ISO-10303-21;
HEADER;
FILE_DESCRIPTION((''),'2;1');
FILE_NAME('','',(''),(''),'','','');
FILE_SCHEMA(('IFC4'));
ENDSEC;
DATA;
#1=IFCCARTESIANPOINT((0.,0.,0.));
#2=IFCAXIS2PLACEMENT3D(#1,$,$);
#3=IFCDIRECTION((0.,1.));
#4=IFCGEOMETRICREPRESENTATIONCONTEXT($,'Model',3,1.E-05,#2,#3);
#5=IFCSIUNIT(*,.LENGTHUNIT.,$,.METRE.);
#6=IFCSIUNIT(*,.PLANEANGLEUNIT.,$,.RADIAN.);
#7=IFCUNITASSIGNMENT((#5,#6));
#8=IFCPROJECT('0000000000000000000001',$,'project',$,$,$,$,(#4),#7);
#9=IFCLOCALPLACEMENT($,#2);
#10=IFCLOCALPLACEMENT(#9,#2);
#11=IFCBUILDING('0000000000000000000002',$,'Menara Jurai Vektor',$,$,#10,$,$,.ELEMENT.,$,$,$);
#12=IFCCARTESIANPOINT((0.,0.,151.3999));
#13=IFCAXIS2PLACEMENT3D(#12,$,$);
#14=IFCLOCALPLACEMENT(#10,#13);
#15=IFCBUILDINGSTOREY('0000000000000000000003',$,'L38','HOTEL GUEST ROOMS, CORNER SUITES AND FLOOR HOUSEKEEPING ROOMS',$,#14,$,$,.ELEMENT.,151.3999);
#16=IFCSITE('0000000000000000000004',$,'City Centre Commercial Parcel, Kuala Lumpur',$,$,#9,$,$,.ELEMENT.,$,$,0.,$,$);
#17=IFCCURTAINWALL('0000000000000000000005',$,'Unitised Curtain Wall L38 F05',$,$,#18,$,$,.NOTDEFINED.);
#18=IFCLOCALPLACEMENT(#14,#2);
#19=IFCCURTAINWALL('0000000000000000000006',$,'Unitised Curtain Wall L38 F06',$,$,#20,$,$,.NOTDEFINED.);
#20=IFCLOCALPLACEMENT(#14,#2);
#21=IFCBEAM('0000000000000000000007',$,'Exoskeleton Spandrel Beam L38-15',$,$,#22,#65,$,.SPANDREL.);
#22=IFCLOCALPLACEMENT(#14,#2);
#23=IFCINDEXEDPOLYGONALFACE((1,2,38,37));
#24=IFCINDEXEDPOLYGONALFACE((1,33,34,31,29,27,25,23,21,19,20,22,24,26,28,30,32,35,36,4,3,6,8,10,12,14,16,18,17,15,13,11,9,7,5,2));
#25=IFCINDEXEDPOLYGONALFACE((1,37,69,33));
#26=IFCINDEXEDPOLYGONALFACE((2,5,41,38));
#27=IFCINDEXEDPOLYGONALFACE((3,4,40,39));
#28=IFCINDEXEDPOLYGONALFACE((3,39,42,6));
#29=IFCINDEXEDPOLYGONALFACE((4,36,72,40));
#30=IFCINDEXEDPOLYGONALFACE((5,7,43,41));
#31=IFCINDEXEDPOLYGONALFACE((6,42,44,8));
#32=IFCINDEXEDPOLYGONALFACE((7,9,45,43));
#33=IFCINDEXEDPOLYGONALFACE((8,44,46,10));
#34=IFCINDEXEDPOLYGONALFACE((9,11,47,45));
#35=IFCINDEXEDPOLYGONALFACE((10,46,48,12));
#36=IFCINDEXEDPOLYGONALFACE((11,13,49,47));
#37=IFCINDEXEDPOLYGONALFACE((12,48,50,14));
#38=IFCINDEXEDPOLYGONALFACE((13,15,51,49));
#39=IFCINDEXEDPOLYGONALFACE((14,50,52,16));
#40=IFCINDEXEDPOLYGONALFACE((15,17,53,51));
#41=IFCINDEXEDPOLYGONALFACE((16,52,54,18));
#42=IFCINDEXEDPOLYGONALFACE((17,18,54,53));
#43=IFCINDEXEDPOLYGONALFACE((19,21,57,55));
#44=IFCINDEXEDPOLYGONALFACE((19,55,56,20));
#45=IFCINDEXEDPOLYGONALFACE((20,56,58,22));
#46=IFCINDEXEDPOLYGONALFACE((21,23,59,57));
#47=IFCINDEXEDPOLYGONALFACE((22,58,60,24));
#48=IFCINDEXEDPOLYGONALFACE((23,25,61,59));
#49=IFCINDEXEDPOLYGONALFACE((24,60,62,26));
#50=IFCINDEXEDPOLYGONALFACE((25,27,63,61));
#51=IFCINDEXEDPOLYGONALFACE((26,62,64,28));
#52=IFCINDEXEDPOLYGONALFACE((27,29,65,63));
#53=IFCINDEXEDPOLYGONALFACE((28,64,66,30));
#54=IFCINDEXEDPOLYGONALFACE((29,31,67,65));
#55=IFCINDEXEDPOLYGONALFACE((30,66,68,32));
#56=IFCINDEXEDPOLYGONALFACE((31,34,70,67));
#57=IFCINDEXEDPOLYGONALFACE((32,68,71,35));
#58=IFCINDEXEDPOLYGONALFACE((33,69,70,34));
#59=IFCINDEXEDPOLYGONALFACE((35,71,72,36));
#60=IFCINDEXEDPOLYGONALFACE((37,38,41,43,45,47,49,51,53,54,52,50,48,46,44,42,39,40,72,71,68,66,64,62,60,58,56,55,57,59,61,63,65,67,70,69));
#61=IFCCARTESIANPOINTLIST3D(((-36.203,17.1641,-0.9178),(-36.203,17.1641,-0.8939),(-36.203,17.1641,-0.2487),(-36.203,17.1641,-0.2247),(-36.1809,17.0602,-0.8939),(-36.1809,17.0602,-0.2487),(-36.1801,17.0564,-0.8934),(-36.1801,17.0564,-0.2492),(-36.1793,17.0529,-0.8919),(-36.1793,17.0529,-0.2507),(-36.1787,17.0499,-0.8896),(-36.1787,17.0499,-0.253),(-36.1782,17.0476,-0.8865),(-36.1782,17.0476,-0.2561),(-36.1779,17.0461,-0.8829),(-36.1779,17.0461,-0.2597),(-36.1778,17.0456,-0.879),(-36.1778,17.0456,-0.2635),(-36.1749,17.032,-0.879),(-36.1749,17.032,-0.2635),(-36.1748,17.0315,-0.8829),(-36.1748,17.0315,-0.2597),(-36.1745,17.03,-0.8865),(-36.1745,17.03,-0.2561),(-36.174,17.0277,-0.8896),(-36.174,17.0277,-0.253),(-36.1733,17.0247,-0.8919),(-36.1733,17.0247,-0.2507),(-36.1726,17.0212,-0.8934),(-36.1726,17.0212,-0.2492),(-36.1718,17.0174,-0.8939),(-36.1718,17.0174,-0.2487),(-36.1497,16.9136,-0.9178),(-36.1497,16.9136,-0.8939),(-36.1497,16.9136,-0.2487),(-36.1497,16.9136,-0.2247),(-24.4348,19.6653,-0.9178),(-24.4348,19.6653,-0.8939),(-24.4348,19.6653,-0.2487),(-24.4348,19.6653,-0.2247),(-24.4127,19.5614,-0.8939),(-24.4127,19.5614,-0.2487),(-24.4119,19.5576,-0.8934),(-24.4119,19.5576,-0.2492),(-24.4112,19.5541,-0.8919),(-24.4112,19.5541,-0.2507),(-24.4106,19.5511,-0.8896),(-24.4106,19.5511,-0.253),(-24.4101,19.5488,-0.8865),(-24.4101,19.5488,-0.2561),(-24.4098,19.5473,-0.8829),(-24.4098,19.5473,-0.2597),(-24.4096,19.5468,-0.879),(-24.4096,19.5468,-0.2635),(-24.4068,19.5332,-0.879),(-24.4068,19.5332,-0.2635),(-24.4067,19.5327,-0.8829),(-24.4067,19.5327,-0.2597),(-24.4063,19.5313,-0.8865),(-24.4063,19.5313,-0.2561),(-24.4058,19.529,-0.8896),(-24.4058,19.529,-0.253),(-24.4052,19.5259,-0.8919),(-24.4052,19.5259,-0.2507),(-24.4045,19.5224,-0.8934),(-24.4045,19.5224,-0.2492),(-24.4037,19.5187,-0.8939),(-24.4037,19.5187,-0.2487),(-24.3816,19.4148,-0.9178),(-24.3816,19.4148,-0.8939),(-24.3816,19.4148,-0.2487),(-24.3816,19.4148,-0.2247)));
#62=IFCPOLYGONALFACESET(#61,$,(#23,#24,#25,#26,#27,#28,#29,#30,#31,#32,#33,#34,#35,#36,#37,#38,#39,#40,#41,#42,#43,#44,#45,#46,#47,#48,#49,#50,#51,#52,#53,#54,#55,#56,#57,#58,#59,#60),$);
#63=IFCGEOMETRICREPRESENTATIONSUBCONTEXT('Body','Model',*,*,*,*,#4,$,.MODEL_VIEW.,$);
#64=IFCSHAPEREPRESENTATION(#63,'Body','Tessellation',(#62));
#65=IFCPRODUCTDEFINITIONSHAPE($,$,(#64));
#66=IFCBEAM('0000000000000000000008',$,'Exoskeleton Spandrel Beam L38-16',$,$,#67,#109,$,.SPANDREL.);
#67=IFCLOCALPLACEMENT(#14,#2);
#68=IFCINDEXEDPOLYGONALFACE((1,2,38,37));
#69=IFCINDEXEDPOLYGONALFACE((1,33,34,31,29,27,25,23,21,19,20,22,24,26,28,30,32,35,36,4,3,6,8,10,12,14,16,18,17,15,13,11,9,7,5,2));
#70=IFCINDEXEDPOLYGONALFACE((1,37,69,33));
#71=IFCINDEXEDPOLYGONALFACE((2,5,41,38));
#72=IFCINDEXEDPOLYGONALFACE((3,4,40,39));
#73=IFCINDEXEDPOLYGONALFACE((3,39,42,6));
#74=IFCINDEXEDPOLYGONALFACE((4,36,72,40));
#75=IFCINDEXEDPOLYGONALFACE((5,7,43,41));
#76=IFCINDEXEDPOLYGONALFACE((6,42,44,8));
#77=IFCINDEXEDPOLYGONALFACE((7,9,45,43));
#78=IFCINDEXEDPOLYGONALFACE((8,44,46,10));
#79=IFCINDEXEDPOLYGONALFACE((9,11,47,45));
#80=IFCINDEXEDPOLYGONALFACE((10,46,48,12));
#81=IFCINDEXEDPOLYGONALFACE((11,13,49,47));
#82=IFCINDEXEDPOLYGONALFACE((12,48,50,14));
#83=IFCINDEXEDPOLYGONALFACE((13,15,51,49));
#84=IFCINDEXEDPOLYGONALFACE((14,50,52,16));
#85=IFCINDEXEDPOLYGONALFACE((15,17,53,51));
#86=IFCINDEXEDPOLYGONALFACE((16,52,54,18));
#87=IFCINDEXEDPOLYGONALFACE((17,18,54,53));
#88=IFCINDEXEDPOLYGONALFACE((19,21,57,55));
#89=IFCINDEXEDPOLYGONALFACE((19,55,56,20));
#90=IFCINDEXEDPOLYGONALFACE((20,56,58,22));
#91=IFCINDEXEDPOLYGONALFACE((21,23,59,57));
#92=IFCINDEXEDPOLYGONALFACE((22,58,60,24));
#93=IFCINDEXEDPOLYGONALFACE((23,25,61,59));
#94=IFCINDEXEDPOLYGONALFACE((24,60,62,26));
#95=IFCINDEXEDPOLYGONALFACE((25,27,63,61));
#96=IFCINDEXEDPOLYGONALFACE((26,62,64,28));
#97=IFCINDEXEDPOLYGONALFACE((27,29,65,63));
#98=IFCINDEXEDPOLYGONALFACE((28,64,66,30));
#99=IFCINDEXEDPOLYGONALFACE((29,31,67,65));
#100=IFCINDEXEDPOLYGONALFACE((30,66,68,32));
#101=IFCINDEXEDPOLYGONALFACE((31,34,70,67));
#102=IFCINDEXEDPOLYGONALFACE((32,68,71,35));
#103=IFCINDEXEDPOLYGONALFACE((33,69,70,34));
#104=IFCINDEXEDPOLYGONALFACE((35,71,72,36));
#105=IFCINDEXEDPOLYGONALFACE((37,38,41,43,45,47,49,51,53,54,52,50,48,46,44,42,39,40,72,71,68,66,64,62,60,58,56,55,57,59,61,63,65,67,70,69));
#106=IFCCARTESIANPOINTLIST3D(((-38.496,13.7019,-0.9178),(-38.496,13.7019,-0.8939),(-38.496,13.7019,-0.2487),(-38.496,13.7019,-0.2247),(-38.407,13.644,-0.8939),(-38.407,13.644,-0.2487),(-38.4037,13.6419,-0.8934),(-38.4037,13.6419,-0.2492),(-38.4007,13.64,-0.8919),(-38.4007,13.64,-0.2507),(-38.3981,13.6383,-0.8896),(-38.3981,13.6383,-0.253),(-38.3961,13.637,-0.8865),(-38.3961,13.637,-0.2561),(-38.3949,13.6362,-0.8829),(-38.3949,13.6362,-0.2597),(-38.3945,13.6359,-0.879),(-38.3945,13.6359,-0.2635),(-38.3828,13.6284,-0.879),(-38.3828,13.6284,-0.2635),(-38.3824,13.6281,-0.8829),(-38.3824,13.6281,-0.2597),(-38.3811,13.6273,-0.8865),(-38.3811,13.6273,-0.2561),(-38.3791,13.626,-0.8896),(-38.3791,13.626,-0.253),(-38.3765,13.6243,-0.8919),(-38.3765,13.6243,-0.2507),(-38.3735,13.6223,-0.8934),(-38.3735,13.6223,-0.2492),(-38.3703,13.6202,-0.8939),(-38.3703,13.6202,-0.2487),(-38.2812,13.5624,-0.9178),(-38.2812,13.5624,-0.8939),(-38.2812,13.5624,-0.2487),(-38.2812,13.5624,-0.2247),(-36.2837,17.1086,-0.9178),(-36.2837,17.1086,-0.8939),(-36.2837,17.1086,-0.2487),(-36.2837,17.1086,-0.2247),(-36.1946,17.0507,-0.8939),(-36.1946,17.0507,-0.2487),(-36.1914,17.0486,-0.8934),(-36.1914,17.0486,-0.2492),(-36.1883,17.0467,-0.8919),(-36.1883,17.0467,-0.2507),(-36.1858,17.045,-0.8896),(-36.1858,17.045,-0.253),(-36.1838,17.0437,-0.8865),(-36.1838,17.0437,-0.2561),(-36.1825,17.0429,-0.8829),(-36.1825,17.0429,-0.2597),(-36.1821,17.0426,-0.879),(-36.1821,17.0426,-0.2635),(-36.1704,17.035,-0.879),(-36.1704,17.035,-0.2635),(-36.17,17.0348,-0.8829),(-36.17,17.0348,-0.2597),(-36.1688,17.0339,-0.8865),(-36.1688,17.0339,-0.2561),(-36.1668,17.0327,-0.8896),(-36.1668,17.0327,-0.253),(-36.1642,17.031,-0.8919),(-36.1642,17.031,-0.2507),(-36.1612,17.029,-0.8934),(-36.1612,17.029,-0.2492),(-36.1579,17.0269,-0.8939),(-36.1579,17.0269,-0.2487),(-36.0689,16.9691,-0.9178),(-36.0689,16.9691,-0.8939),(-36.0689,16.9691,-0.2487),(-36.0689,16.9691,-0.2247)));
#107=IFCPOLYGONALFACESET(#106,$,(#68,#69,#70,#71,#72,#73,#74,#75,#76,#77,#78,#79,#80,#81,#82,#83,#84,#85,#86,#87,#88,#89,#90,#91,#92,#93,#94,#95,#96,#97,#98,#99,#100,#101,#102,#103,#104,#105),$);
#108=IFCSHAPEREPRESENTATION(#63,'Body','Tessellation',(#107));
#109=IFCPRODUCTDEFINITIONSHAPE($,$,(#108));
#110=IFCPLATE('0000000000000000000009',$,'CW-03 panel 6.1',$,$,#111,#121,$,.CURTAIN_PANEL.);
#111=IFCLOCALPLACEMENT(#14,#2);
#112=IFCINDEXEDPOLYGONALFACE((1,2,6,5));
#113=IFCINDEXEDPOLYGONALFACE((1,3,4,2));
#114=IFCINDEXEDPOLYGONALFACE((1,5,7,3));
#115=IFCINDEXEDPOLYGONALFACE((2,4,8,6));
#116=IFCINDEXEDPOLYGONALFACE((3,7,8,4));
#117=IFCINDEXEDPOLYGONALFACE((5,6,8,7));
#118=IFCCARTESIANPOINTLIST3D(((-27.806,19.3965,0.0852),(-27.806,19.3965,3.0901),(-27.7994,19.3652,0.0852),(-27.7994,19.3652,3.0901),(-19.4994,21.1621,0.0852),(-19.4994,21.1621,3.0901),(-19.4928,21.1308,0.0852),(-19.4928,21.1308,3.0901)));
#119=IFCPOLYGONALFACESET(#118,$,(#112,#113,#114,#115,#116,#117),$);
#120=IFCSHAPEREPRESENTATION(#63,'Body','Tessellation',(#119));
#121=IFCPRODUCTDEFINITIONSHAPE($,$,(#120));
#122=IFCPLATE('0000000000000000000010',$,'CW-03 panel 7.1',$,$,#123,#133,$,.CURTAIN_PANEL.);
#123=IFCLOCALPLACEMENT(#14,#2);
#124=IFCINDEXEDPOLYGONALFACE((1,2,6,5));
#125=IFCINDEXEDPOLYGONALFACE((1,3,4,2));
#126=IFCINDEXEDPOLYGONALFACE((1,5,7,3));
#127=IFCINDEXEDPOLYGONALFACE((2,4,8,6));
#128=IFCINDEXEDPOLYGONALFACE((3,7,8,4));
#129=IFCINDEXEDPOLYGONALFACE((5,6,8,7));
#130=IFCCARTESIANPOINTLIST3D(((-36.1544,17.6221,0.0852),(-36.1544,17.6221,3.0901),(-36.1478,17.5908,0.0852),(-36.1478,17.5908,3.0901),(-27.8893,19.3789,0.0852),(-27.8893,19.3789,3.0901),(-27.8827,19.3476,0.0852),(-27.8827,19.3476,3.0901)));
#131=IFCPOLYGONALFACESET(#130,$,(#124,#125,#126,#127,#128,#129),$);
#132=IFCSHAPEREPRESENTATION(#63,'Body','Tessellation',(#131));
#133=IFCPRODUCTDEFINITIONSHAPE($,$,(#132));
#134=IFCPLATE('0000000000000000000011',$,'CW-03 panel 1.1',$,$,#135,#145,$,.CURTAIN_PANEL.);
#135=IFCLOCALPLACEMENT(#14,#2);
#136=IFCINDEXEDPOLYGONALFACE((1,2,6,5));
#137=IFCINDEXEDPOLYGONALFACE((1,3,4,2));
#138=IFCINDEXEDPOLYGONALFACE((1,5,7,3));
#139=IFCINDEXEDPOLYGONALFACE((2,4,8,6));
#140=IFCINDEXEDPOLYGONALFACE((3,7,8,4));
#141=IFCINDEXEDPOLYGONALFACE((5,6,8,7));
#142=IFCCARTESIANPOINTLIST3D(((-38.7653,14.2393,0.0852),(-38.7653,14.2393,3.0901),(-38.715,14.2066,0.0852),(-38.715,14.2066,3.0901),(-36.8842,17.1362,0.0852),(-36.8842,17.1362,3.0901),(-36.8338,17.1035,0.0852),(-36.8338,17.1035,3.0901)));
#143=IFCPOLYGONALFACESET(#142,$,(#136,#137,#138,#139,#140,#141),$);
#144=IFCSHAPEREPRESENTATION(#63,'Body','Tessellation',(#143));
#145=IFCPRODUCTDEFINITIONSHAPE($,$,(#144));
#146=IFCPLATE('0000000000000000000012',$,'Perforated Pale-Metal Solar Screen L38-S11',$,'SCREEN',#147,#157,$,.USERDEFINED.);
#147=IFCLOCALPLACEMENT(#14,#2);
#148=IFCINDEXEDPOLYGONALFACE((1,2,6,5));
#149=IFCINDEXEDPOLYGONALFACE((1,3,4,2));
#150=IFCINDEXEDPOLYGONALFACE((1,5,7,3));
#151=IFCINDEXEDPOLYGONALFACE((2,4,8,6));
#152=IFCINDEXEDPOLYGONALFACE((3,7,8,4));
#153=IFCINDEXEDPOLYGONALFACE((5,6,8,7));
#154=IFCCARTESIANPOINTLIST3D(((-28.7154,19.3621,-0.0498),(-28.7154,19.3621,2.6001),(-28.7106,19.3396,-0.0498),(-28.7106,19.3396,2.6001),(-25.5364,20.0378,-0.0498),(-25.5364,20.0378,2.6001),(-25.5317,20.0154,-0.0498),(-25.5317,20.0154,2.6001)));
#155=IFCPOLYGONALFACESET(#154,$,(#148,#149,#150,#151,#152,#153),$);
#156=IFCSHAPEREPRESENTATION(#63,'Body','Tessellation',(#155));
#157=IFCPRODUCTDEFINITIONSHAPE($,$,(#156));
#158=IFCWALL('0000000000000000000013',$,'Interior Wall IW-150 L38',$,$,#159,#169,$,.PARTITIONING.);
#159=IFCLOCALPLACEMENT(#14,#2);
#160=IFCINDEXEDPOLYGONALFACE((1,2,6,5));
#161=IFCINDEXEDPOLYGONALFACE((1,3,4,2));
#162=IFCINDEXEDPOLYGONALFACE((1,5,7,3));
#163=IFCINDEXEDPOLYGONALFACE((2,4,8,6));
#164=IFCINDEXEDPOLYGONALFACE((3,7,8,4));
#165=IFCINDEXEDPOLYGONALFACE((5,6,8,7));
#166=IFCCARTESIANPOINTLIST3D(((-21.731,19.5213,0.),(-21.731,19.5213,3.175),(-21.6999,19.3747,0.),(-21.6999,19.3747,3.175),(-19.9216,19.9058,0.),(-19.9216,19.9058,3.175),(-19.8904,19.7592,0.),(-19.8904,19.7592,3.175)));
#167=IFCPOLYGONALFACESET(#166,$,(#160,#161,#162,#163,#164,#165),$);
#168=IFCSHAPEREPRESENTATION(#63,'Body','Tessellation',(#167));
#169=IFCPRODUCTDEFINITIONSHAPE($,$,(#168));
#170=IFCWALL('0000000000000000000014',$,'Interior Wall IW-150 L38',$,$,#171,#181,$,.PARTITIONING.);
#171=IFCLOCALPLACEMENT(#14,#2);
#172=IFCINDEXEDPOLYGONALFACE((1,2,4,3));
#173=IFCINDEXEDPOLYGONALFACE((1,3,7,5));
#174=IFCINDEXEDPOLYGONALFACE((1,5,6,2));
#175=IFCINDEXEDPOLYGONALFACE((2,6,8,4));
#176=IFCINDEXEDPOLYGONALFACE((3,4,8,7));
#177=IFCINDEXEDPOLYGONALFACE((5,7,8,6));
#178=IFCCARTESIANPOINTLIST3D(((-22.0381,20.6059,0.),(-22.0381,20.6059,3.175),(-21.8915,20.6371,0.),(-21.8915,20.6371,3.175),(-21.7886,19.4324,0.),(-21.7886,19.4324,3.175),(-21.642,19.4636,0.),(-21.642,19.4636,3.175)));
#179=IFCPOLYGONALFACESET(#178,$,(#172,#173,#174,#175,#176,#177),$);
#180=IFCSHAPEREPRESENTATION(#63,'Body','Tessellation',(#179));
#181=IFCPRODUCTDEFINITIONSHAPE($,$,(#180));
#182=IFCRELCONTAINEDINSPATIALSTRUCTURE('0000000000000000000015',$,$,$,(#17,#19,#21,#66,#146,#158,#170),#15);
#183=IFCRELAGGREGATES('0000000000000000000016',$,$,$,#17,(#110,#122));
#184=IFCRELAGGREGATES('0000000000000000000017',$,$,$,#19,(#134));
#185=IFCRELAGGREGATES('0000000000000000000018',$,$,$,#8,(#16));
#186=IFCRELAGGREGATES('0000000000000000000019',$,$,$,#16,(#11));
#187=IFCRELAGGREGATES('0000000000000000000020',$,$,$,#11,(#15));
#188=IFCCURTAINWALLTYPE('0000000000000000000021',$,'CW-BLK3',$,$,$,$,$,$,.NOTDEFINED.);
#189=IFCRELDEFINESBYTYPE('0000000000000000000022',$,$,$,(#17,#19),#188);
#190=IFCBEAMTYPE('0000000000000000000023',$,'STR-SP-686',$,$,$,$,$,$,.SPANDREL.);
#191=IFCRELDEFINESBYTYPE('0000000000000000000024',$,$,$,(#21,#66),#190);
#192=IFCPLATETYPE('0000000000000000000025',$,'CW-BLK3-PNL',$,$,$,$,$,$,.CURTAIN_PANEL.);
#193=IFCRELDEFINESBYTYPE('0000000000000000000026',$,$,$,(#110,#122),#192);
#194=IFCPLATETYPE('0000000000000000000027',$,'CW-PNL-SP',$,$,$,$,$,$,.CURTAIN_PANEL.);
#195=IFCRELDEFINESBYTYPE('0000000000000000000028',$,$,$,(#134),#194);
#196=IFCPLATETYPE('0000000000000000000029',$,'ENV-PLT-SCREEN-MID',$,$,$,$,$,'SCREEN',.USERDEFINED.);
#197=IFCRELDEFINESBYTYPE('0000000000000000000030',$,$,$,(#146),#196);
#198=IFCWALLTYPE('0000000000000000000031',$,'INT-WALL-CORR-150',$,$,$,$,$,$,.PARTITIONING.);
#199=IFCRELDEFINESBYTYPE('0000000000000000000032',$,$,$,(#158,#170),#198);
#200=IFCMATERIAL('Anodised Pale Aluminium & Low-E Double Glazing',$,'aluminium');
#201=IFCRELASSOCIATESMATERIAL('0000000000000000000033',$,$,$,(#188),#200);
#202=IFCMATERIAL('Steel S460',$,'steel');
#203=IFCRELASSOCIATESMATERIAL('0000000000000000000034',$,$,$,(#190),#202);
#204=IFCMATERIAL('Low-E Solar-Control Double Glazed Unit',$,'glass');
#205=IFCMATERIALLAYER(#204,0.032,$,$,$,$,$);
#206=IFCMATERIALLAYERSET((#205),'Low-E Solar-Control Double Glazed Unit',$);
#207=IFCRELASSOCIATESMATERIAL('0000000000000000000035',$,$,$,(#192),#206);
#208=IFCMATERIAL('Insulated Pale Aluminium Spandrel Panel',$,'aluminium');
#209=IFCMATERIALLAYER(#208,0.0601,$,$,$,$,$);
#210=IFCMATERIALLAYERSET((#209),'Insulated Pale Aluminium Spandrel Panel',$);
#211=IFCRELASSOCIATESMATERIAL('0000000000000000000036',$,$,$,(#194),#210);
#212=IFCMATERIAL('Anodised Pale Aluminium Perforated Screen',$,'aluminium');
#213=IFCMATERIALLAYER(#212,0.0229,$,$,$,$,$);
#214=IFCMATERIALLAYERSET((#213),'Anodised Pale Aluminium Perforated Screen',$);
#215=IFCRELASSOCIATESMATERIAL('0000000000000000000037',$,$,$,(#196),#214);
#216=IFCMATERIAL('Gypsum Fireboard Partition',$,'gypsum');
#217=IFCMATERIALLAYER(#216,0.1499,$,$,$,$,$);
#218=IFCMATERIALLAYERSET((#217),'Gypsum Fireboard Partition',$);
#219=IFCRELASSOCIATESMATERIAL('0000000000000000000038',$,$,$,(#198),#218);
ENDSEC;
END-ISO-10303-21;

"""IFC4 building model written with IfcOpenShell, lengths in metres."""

from ifc_helpers import new_model, si_unit, direction, frame, frame_2d, origin, origin_2d, place, context, subcontext, project, spatial, rectangle, i_section, extrude, material, layer, layer_set, material_profile, profile_set, type_object, element, aggregate, save


model = new_model("IFC4")

# Units and contexts
model_context = context("Model", 3, precision=1e-05, world=origin(), true_north=direction((0.0, 1.0)))
body_context = subcontext(model_context, "Body", "Model", "MODEL_VIEW")
ifc_project = project(units=[si_unit("LENGTHUNIT", "METRE"), si_unit("PLANEANGLEUNIT", "RADIAN")], contexts=[model_context])

# Site, building, storey
site_placement = place(None, origin())
site = spatial("IfcSite", under=ifc_project, at=site_placement, Name="City Centre Commercial Parcel, Kuala Lumpur", CompositionType="ELEMENT", RefElevation=0.0)
building_placement = place(site_placement, origin())
building = spatial("IfcBuilding", under=site, at=building_placement, Name="Menara Jurai Vektor", CompositionType="ELEMENT")
storey_placement = place(building_placement, frame((0.0, 0.0, 151.3999)))
storey = spatial("IfcBuildingStorey", under=building, at=storey_placement, Name="L38", Description="HOTEL GUEST ROOMS, CORNER SUITES AND FLOOR HOUSEKEEPING ROOMS", CompositionType="ELEMENT", Elevation=151.3999)

# Shared definitions
ifc_material_1 = material(Name="Steel S460", Category="steel")

# Curtain walls
ifc_material_2 = material(Name="Anodised Pale Aluminium & Low-E Double Glazing", Category="aluminium")
curtain_wall_type = type_object("IfcCurtainWallType", Name="CW-BLK3", PredefinedType="NOTDEFINED", material=ifc_material_2)
curtain_wall_1_placement = place(storey_placement, origin())
curtain_wall_1 = element("IfcCurtainWall", 1, at=curtain_wall_1_placement, inside=storey, type_object=curtain_wall_type, Name="Unitised Curtain Wall L38 F05", PredefinedType="NOTDEFINED")
curtain_wall_2_placement = place(storey_placement, origin())
curtain_wall_2 = element("IfcCurtainWall", 2, at=curtain_wall_2_placement, inside=storey, type_object=curtain_wall_type, Name="Unitised Curtain Wall L38 F06", PredefinedType="NOTDEFINED")

# Beams
ifc_material_profile_1 = material_profile(ifc_material_1, i_section(OverallWidth=0.2561, OverallDepth=0.6931, WebThickness=0.0139, FlangeThickness=0.0239, FilletRadius=0.0149, at=origin_2d()), Name="UKB 686x254x170")
ifc_profile_set_1 = profile_set([ifc_material_profile_1], Name="Steel S460")
beam_type_1 = type_object("IfcBeamType", Name="STR-SP-686", PredefinedType="SPANDREL", material=ifc_profile_set_1)
beam_1_placement = place(storey_placement, frame((-24.4082, 19.54, -0.5713), z_axis=(-0.97815, -0.207899, 0.0), x_axis=(0.207899, -0.97815, 0.0)))
element("IfcBeam", 3, at=beam_1_placement, inside=storey, type_object=beam_type_1, Name="Exoskeleton Spandrel Beam L38-15", PredefinedType="SPANDREL", context=body_context, shape_type="SweptSolid", body=[
    extrude(i_section(OverallWidth=0.2561, OverallDepth=0.6931, WebThickness=0.0139, FlangeThickness=0.0239, FilletRadius=0.0149, at=origin_2d()), origin(), (0.0, 0.0, 1.0), 12.031),
])
beam_2_placement = place(storey_placement, frame((-36.1763, 17.0388, -0.5713), z_axis=(-0.544646, -0.838666, 0.0), x_axis=(0.838666, -0.544646, 0.0)))
element("IfcBeam", 4, at=beam_2_placement, inside=storey, type_object=beam_type_1, Name="Exoskeleton Spandrel Beam L38-16", PredefinedType="SPANDREL", context=body_context, shape_type="SweptSolid", body=[
    extrude(i_section(OverallWidth=0.2561, OverallDepth=0.6931, WebThickness=0.0139, FlangeThickness=0.0239, FilletRadius=0.0149, at=origin_2d()), origin(), (0.0, 0.0, 1.0), 4.062),
])

# Plates
ifc_material_3 = material(Name="Low-E Solar-Control Double Glazed Unit", Category="glass")
ifc_layer_1 = layer(ifc_material_3, 0.032)
ifc_layer_set_1 = layer_set([ifc_layer_1], Name="Low-E Solar-Control Double Glazed Unit")
plate_type_1 = type_object("IfcPlateType", Name="CW-BLK3-PNL", PredefinedType="CURTAIN_PANEL", material=ifc_layer_set_1)
plate_1_placement = place(storey_placement, frame((-23.6494, 20.2637, 0.0852), z_axis=(0.0, 0.0, 1.0), x_axis=(-0.978148, -0.207911, 0.0)))
plate_1 = element("IfcPlate", 5, at=plate_1_placement, type_object=plate_type_1, Name="CW-03 panel 6.1", PredefinedType="CURTAIN_PANEL", context=body_context, shape_type="SweptSolid", body=[
    extrude(rectangle(XDim=8.4922, YDim=0.032, at=origin_2d()), origin(), (0.0, 0.0, 1.0), 3.0049),
])
plate_2_placement = place(storey_placement, frame((-32.0186, 18.4849, 0.0852), z_axis=(0.0, 0.0, 1.0), x_axis=(-0.978148, -0.207911, 0.0)))
plate_2 = element("IfcPlate", 6, at=plate_2_placement, type_object=plate_type_1, Name="CW-03 panel 7.1", PredefinedType="CURTAIN_PANEL", context=body_context, shape_type="SweptSolid", body=[
    extrude(rectangle(XDim=8.4497, YDim=0.032, at=origin_2d()), origin(), (0.0, 0.0, 1.0), 3.0049),
])
aggregate(curtain_wall_1, [plate_1, plate_2])
ifc_material_4 = material(Name="Insulated Pale Aluminium Spandrel Panel", Category="aluminium")
ifc_layer_2 = layer(ifc_material_4, 0.0601)
ifc_layer_set_2 = layer_set([ifc_layer_2], Name="Insulated Pale Aluminium Spandrel Panel")
plate_type_2 = type_object("IfcPlateType", Name="CW-PNL-SP", PredefinedType="CURTAIN_PANEL", material=ifc_layer_set_2)
plate_3_placement = place(storey_placement, frame((-37.7996, 15.6714, 0.0852), z_axis=(0.0, 0.0, 1.0), x_axis=(-0.544618, -0.838684, 0.0)))
plate_3 = element("IfcPlate", 7, at=plate_3_placement, type_object=plate_type_2, Name="CW-03 panel 1.1", PredefinedType="CURTAIN_PANEL", context=body_context, shape_type="SweptSolid", body=[
    extrude(rectangle(XDim=3.4541, YDim=0.0601, at=origin_2d()), origin(), (0.0, 0.0, 1.0), 3.0049),
])
aggregate(curtain_wall_2, [plate_3])
ifc_material_5 = material(Name="Anodised Pale Aluminium Perforated Screen", Category="aluminium")
ifc_layer_3 = layer(ifc_material_5, 0.0229)
ifc_layer_set_3 = layer_set([ifc_layer_3], Name="Anodised Pale Aluminium Perforated Screen")
plate_type_3 = type_object("IfcPlateType", Name="ENV-PLT-SCREEN-MID", ElementType="SCREEN", PredefinedType="USERDEFINED", material=ifc_layer_set_3)
plate_4_placement = place(storey_placement, frame((-27.1235, 19.6887, -0.0498), z_axis=(0.0, 0.0, 1.0), x_axis=(-0.978148, -0.207912, 0.0)))
element("IfcPlate", 8, at=plate_4_placement, inside=storey, type_object=plate_type_3, Name="Perforated Pale-Metal Solar Screen L38-S11", ObjectType="SCREEN", PredefinedType="USERDEFINED", context=body_context, shape_type="SweptSolid", body=[
    extrude(rectangle(XDim=3.25, YDim=0.0229, at=origin_2d()), origin(), (0.0, 0.0, 1.0), 2.6499),
])

# Walls
ifc_material_6 = material(Name="Gypsum Fireboard Partition", Category="gypsum")
ifc_layer_4 = layer(ifc_material_6, 0.1499)
ifc_layer_set_4 = layer_set([ifc_layer_4], Name="Gypsum Fireboard Partition")
wall_type = type_object("IfcWallType", Name="INT-WALL-CORR-150", PredefinedType="PARTITIONING", material=ifc_layer_set_4)
wall_1_placement = place(storey_placement, frame((-21.7153, 19.448, 0.0), z_axis=(0.0, 0.0, 1.0), x_axis=(0.97816, 0.207852, 0.0)))
element("IfcWall", 9, at=wall_1_placement, inside=storey, type_object=wall_type, Name="Interior Wall IW-150 L38", PredefinedType="PARTITIONING", context=body_context, shape_type="SweptSolid", body=[
    extrude(rectangle(XDim=1.8499, YDim=0.1499, at=frame_2d((0.9248, 0.0))), origin(), (0.0, 0.0, 1.0), 3.175),
])
wall_2_placement = place(storey_placement, frame((-21.7153, 19.448, 0.0), z_axis=(0.0, 0.0, 1.0), x_axis=(-0.207959, 0.978138, 0.0)))
element("IfcWall", 10, at=wall_2_placement, inside=storey, type_object=wall_type, Name="Interior Wall IW-150 L38", PredefinedType="PARTITIONING", context=body_context, shape_type="SweptSolid", body=[
    extrude(rectangle(XDim=1.1997, YDim=0.1499, at=frame_2d((0.5999, 0.0))), origin(), (0.0, 0.0, 1.0), 3.175),
])

save(model, "model.ifc")
